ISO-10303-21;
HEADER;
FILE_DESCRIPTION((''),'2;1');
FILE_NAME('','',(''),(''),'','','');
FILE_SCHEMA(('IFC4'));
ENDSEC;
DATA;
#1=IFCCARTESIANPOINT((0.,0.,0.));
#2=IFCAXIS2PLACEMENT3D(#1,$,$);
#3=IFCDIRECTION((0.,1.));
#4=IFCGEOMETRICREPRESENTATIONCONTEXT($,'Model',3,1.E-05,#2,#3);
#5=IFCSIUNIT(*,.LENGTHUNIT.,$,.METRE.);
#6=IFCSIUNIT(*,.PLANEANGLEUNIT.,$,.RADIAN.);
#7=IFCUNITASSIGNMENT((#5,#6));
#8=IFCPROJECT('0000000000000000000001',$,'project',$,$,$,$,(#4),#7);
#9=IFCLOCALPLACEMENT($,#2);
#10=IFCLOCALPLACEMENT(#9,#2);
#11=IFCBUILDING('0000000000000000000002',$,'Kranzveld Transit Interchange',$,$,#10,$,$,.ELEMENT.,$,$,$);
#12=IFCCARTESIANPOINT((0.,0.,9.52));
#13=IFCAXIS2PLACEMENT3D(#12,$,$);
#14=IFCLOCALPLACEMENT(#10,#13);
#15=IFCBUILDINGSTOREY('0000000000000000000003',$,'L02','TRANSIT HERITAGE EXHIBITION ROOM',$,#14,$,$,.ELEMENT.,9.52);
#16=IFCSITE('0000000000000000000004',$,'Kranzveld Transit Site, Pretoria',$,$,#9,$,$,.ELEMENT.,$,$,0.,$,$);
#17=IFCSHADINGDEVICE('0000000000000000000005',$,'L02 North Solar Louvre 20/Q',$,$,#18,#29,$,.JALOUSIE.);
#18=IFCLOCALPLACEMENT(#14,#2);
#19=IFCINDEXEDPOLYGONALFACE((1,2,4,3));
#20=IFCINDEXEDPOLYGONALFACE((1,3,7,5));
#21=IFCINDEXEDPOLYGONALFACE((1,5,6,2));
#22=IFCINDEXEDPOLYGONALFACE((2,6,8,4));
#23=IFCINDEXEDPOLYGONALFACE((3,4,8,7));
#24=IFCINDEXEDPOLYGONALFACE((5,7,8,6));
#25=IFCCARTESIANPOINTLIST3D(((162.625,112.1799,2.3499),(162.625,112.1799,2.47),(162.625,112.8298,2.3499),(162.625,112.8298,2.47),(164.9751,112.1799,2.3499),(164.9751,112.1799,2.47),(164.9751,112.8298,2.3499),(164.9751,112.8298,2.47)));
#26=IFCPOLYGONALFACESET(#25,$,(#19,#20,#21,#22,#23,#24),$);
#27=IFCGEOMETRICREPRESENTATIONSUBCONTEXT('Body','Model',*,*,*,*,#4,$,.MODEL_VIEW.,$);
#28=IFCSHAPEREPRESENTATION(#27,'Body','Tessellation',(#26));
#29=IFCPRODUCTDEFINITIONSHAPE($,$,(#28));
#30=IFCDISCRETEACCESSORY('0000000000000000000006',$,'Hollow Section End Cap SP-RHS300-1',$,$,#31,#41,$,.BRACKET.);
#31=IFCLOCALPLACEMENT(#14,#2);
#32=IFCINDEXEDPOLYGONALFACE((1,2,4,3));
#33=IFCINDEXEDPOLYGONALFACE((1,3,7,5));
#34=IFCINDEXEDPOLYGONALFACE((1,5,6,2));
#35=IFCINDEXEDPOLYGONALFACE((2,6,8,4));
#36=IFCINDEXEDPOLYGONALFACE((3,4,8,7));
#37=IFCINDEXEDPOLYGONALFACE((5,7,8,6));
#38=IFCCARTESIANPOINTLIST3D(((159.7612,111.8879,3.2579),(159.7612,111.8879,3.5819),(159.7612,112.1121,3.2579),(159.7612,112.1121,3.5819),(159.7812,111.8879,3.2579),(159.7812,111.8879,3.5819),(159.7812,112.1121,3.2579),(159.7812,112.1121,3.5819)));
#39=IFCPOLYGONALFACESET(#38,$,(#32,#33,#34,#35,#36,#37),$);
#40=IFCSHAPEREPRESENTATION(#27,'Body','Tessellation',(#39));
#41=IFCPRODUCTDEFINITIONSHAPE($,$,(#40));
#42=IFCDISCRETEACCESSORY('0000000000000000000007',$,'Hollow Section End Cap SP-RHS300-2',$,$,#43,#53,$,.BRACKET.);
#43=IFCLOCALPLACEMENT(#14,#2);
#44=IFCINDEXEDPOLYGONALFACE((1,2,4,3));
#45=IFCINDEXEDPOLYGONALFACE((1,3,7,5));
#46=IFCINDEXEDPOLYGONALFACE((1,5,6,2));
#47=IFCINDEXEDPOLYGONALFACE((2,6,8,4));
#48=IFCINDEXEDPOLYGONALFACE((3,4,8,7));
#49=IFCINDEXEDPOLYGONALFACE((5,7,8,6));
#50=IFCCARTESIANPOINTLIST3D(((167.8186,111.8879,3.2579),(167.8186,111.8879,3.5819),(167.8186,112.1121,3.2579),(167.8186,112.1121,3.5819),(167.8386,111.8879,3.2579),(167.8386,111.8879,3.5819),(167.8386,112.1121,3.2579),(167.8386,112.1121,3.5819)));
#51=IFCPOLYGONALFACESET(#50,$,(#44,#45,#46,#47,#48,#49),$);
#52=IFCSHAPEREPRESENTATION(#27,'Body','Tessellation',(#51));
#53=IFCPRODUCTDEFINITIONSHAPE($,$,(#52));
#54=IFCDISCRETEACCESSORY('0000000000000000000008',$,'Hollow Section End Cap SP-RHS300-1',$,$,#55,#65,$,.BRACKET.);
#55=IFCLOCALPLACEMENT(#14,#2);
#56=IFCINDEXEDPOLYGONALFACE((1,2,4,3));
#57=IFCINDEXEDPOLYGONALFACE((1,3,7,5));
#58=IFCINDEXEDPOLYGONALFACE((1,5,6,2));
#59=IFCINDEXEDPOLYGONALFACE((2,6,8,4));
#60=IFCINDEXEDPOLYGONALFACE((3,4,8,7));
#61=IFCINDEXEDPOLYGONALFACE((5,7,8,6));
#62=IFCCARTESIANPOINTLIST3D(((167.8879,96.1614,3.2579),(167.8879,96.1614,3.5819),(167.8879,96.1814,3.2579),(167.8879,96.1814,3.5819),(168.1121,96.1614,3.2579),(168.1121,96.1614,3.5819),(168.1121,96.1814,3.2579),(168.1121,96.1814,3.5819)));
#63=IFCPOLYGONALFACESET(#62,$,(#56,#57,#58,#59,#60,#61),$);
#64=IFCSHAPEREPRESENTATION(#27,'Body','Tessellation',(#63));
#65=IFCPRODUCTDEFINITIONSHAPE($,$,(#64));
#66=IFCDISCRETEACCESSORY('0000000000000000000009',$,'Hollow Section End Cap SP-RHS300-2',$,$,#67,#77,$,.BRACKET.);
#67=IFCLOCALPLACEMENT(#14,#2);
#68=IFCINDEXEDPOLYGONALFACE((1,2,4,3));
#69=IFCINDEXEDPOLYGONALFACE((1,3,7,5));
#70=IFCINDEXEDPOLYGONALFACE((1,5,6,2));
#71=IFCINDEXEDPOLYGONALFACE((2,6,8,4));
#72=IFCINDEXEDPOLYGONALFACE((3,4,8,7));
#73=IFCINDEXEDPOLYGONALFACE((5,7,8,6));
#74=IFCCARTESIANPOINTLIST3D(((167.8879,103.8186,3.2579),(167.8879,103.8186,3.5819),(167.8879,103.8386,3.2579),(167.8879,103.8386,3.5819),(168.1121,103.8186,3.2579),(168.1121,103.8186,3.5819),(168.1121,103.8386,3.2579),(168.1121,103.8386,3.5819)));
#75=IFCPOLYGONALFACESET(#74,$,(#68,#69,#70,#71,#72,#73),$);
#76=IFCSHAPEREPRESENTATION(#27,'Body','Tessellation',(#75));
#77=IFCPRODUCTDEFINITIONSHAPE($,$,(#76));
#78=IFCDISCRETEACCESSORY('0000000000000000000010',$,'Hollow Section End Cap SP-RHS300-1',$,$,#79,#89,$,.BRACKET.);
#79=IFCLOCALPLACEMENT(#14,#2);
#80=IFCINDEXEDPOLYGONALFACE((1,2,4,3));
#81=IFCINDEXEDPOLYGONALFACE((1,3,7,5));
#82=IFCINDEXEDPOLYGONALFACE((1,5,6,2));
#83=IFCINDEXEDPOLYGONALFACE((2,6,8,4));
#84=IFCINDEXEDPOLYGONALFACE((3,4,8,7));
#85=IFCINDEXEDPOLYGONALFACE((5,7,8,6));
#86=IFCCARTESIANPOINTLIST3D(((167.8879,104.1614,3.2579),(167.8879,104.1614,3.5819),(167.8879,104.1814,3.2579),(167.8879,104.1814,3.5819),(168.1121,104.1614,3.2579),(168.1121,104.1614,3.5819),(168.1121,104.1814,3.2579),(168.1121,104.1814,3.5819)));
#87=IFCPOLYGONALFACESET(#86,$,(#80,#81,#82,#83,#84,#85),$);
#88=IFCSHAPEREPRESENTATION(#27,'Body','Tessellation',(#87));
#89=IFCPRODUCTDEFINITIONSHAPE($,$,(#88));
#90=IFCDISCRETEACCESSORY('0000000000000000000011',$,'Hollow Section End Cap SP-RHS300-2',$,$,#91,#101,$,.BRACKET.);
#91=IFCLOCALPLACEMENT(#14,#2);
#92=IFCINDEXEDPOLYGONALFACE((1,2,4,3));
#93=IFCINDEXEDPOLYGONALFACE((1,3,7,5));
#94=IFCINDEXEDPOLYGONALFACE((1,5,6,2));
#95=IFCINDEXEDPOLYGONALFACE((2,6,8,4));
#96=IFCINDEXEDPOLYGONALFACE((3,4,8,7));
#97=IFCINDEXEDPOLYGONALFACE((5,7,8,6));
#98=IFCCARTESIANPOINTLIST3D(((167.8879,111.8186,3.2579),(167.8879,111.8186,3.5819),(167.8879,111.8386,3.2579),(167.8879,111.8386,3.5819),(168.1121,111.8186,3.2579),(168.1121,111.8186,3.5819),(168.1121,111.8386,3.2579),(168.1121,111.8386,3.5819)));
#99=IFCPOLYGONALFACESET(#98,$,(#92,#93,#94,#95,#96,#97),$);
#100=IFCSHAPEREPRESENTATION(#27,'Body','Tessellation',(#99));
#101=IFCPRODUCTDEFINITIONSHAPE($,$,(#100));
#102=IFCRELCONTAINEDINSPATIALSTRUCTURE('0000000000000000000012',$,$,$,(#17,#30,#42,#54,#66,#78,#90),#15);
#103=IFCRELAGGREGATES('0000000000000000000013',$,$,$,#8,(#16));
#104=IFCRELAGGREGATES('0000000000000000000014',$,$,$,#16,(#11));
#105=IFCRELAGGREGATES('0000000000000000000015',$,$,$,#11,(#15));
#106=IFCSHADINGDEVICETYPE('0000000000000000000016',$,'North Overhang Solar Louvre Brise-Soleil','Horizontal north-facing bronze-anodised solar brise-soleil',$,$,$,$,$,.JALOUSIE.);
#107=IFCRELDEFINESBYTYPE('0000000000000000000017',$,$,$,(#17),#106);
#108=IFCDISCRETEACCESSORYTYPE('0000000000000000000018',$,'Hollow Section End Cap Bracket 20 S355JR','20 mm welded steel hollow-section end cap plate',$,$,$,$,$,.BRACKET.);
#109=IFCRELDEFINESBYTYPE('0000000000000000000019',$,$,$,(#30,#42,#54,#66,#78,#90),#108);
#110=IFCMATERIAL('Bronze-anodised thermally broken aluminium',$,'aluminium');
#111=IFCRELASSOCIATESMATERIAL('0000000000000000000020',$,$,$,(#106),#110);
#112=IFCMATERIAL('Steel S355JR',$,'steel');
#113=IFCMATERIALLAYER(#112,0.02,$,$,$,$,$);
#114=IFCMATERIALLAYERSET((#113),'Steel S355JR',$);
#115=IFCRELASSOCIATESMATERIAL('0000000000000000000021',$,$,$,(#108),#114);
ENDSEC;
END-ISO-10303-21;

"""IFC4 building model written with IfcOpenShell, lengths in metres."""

from ifc_helpers import new_model, si_unit, direction, frame, origin, origin_2d, place, context, subcontext, project, spatial, rectangle, extrude, material, layer, layer_set, type_object, element, save


model = new_model("IFC4")

# Units and contexts
model_context = context("Model", 3, precision=1e-05, world=origin(), true_north=direction((0.0, 1.0)))
body_context = subcontext(model_context, "Body", "Model", "MODEL_VIEW")
ifc_project = project(units=[si_unit("LENGTHUNIT", "METRE"), si_unit("PLANEANGLEUNIT", "RADIAN")], contexts=[model_context])

# Site, building, storey
site_placement = place(None, origin())
site = spatial("IfcSite", under=ifc_project, at=site_placement, Name="Kranzveld Transit Site, Pretoria", CompositionType="ELEMENT", RefElevation=0.0)
building_placement = place(site_placement, origin())
building = spatial("IfcBuilding", under=site, at=building_placement, Name="Kranzveld Transit Interchange", CompositionType="ELEMENT")
storey_placement = place(building_placement, frame((0.0, 0.0, 9.52)))
storey = spatial("IfcBuildingStorey", under=building, at=storey_placement, Name="L02", Description="TRANSIT HERITAGE EXHIBITION ROOM", CompositionType="ELEMENT", Elevation=9.52)

# Shading device
ifc_material_1 = material(Name="Bronze-anodised thermally broken aluminium", Category="aluminium")
shading_device_type = type_object("IfcShadingDeviceType", Name="North Overhang Solar Louvre Brise-Soleil", Description="Horizontal north-facing bronze-anodised solar brise-soleil", PredefinedType="JALOUSIE", material=ifc_material_1)
shading_device_placement = place(storey_placement, frame((163.8, 112.5049, 2.3499), z_axis=(0.0, 0.0, 1.0), x_axis=(1.0, 0.0, 0.0)))
element("IfcShadingDevice", 1, at=shading_device_placement, inside=storey, type_object=shading_device_type, Name="L02 North Solar Louvre 20/Q", PredefinedType="JALOUSIE", context=body_context, shape_type="SweptSolid", body=[
    extrude(rectangle(XDim=2.3501, YDim=0.6499, at=origin_2d()), origin(), (0.0, 0.0, 1.0), 0.1201),
])

# Discrete accessories
ifc_material_2 = material(Name="Steel S355JR", Category="steel")
ifc_layer_1 = layer(ifc_material_2, 0.02)
ifc_layer_set_1 = layer_set([ifc_layer_1], Name="Steel S355JR")
discrete_accessory_type = type_object("IfcDiscreteAccessoryType", Name="Hollow Section End Cap Bracket 20 S355JR", Description="20 mm welded steel hollow-section end cap plate", PredefinedType="BRACKET", material=ifc_layer_set_1)
for number, where, z_axis, x_axis, name in (
    (2, (159.7812, 112.0, 3.4199), (-1.0, 0.0, 0.0), (0.0, -1.0, 0.0), "Hollow Section End Cap SP-RHS300-1"),
    (3, (167.8186, 112.0, 3.4199), (1.0, 0.0, 0.0), (0.0, 1.0, 0.0), "Hollow Section End Cap SP-RHS300-2"),
    (4, (168.0, 96.1814, 3.4199), (0.0, -1.0, 0.0), (1.0, 0.0, 0.0), "Hollow Section End Cap SP-RHS300-1"),
    (5, (168.0, 103.8186, 3.4199), (0.0, 1.0, 0.0), (-1.0, 0.0, 0.0), "Hollow Section End Cap SP-RHS300-2"),
    (6, (168.0, 104.1814, 3.4199), (0.0, -1.0, 0.0), (1.0, 0.0, 0.0), "Hollow Section End Cap SP-RHS300-1"),
    (7, (168.0, 111.8186, 3.4199), (0.0, 1.0, 0.0), (-1.0, 0.0, 0.0), "Hollow Section End Cap SP-RHS300-2"),
):
    element("IfcDiscreteAccessory", number, at=place(storey_placement, frame(where, z_axis=z_axis, x_axis=x_axis)), inside=storey, type_object=discrete_accessory_type, Name=name, PredefinedType="BRACKET", context=body_context, shape_type="SweptSolid", body=[
        extrude(rectangle(XDim=0.2241, YDim=0.324, at=origin_2d()), origin(), (0.0, 0.0, 1.0), 0.02),
    ])

save(model, "model.ifc")
